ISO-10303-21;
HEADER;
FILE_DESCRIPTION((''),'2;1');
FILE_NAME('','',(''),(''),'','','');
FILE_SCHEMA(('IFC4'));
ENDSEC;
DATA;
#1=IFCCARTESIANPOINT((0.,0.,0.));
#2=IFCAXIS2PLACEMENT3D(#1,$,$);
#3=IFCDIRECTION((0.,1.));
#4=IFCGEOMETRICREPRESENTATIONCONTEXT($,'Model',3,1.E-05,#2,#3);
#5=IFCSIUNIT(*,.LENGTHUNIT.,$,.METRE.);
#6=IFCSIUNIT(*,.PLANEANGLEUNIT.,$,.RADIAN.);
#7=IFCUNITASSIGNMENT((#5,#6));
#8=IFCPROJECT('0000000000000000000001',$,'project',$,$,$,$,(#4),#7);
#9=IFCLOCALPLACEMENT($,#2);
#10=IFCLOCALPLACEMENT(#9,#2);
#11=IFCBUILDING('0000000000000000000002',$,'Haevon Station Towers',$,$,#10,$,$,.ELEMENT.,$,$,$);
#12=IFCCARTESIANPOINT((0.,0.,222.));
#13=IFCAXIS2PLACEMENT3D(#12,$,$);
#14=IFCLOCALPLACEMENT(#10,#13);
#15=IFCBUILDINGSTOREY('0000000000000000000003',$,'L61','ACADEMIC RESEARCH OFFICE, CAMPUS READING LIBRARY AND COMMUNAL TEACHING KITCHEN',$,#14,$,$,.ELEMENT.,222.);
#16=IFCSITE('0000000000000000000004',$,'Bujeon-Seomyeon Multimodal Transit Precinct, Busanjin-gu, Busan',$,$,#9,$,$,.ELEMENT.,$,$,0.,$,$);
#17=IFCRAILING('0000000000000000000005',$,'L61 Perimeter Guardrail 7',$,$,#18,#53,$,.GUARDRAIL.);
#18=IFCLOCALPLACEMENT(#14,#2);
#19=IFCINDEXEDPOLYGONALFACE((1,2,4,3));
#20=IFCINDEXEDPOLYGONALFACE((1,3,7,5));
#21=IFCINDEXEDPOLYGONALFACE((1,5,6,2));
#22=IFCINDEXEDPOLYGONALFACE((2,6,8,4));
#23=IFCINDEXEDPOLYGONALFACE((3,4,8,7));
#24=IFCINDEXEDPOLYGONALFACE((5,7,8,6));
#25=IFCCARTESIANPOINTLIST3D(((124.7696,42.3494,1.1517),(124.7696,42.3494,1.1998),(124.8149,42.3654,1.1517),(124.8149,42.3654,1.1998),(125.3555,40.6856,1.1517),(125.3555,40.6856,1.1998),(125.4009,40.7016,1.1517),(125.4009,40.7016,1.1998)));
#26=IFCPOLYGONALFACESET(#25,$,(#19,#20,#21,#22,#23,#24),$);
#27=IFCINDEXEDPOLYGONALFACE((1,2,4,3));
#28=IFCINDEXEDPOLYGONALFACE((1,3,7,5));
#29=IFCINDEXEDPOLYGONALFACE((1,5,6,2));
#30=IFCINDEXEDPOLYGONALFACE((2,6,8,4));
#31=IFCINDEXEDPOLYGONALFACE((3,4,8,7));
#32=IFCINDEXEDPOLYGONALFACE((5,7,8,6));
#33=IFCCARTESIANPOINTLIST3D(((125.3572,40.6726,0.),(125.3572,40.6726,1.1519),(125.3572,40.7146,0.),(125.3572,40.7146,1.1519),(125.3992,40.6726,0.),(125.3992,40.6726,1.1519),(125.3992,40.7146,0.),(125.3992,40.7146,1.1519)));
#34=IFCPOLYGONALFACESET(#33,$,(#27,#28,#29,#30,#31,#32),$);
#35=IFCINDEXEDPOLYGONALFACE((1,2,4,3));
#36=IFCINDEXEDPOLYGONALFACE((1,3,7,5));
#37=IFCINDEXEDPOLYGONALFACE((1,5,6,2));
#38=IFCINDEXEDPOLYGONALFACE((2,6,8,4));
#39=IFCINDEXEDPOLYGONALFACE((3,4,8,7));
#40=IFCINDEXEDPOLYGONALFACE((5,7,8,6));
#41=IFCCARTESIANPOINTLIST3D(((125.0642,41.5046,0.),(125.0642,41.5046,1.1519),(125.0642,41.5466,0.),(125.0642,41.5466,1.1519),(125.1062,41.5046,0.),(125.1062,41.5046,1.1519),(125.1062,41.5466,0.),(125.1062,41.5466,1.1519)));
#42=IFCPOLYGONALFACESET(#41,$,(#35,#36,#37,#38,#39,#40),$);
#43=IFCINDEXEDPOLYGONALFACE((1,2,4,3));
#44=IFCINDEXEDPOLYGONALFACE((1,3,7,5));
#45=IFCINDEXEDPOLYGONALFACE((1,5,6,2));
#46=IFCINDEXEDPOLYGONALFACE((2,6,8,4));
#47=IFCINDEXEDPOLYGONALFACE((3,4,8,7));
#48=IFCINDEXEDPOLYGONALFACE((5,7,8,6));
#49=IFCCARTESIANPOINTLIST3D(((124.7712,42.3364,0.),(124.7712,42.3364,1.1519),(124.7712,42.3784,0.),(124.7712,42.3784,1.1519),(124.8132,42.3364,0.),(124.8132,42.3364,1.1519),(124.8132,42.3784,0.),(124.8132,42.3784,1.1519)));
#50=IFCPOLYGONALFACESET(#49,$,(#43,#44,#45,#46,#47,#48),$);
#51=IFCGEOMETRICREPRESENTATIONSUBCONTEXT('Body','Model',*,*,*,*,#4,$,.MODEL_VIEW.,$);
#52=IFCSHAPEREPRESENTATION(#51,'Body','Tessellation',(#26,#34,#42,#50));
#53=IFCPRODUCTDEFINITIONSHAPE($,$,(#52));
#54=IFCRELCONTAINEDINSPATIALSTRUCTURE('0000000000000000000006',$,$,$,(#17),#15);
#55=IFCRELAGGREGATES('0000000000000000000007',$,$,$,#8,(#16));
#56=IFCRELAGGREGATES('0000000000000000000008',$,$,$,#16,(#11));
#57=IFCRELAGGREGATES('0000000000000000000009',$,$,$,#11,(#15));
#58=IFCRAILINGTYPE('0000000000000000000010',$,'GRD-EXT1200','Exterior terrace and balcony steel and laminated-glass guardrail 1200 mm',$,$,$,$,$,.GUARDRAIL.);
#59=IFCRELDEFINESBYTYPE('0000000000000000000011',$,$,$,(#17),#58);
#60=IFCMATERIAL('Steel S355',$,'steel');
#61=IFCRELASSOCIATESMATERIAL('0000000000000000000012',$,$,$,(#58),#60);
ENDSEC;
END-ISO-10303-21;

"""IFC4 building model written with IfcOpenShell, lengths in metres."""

from ifc_helpers import new_model, si_unit, direction, frame, origin, origin_2d, place, context, subcontext, project, spatial, rectangle, extrude, material, type_object, element, save


model = new_model("IFC4")

# Units and contexts
model_context = context("Model", 3, precision=1e-05, world=origin(), true_north=direction((0.0, 1.0)))
body_context = subcontext(model_context, "Body", "Model", "MODEL_VIEW")
ifc_project = project(units=[si_unit("LENGTHUNIT", "METRE"), si_unit("PLANEANGLEUNIT", "RADIAN")], contexts=[model_context])

# Site, building, storey
site_placement = place(None, origin())
site = spatial("IfcSite", under=ifc_project, at=site_placement, Name="Bujeon-Seomyeon Multimodal Transit Precinct, Busanjin-gu, Busan", CompositionType="ELEMENT", RefElevation=0.0)
building_placement = place(site_placement, origin())
building = spatial("IfcBuilding", under=site, at=building_placement, Name="Haevon Station Towers", CompositionType="ELEMENT")
storey_placement = place(building_placement, frame((0.0, 0.0, 222.0)))
storey = spatial("IfcBuildingStorey", under=building, at=storey_placement, Name="L61", Description="ACADEMIC RESEARCH OFFICE, CAMPUS READING LIBRARY AND COMMUNAL TEACHING KITCHEN", CompositionType="ELEMENT", Elevation=222.0)

# Shared definitions
ifc_material_1 = material(Name="Steel S355", Category="steel")

# Railing
railing_type = type_object("IfcRailingType", Name="GRD-EXT1200", Description="Exterior terrace and balcony steel and laminated-glass guardrail 1200 mm", PredefinedType="GUARDRAIL", material=ifc_material_1)
railing_1_placement = place(storey_placement, frame((125.3782, 40.6936, 0.0)))
element("IfcRailing", 1, at=railing_1_placement, inside=storey, type_object=railing_type, Name="L61 Perimeter Guardrail 7", PredefinedType="GUARDRAIL", context=body_context, shape_type="SweptSolid", body=[
    extrude(rectangle(XDim=0.0481, YDim=0.0481, at=origin_2d()), frame((0.0, 0.0, 1.1758), z_axis=(-0.332168, 0.94322, 0.0), x_axis=(-0.94322, -0.332168, 0.0)), (0.0, 0.0, 1.0), 1.7639),
    extrude(rectangle(XDim=0.042, YDim=0.042, at=origin_2d()), origin(), (0.0, 0.0, 1.0), 1.1519),
    extrude(rectangle(XDim=0.042, YDim=0.042, at=origin_2d()), frame((-0.293, 0.832, 0.0)), (0.0, 0.0, 1.0), 1.1519),
    extrude(rectangle(XDim=0.042, YDim=0.042, at=origin_2d()), frame((-0.5859, 1.6638, 0.0)), (0.0, 0.0, 1.0), 1.1519),
])

save(model, "model.ifc")
